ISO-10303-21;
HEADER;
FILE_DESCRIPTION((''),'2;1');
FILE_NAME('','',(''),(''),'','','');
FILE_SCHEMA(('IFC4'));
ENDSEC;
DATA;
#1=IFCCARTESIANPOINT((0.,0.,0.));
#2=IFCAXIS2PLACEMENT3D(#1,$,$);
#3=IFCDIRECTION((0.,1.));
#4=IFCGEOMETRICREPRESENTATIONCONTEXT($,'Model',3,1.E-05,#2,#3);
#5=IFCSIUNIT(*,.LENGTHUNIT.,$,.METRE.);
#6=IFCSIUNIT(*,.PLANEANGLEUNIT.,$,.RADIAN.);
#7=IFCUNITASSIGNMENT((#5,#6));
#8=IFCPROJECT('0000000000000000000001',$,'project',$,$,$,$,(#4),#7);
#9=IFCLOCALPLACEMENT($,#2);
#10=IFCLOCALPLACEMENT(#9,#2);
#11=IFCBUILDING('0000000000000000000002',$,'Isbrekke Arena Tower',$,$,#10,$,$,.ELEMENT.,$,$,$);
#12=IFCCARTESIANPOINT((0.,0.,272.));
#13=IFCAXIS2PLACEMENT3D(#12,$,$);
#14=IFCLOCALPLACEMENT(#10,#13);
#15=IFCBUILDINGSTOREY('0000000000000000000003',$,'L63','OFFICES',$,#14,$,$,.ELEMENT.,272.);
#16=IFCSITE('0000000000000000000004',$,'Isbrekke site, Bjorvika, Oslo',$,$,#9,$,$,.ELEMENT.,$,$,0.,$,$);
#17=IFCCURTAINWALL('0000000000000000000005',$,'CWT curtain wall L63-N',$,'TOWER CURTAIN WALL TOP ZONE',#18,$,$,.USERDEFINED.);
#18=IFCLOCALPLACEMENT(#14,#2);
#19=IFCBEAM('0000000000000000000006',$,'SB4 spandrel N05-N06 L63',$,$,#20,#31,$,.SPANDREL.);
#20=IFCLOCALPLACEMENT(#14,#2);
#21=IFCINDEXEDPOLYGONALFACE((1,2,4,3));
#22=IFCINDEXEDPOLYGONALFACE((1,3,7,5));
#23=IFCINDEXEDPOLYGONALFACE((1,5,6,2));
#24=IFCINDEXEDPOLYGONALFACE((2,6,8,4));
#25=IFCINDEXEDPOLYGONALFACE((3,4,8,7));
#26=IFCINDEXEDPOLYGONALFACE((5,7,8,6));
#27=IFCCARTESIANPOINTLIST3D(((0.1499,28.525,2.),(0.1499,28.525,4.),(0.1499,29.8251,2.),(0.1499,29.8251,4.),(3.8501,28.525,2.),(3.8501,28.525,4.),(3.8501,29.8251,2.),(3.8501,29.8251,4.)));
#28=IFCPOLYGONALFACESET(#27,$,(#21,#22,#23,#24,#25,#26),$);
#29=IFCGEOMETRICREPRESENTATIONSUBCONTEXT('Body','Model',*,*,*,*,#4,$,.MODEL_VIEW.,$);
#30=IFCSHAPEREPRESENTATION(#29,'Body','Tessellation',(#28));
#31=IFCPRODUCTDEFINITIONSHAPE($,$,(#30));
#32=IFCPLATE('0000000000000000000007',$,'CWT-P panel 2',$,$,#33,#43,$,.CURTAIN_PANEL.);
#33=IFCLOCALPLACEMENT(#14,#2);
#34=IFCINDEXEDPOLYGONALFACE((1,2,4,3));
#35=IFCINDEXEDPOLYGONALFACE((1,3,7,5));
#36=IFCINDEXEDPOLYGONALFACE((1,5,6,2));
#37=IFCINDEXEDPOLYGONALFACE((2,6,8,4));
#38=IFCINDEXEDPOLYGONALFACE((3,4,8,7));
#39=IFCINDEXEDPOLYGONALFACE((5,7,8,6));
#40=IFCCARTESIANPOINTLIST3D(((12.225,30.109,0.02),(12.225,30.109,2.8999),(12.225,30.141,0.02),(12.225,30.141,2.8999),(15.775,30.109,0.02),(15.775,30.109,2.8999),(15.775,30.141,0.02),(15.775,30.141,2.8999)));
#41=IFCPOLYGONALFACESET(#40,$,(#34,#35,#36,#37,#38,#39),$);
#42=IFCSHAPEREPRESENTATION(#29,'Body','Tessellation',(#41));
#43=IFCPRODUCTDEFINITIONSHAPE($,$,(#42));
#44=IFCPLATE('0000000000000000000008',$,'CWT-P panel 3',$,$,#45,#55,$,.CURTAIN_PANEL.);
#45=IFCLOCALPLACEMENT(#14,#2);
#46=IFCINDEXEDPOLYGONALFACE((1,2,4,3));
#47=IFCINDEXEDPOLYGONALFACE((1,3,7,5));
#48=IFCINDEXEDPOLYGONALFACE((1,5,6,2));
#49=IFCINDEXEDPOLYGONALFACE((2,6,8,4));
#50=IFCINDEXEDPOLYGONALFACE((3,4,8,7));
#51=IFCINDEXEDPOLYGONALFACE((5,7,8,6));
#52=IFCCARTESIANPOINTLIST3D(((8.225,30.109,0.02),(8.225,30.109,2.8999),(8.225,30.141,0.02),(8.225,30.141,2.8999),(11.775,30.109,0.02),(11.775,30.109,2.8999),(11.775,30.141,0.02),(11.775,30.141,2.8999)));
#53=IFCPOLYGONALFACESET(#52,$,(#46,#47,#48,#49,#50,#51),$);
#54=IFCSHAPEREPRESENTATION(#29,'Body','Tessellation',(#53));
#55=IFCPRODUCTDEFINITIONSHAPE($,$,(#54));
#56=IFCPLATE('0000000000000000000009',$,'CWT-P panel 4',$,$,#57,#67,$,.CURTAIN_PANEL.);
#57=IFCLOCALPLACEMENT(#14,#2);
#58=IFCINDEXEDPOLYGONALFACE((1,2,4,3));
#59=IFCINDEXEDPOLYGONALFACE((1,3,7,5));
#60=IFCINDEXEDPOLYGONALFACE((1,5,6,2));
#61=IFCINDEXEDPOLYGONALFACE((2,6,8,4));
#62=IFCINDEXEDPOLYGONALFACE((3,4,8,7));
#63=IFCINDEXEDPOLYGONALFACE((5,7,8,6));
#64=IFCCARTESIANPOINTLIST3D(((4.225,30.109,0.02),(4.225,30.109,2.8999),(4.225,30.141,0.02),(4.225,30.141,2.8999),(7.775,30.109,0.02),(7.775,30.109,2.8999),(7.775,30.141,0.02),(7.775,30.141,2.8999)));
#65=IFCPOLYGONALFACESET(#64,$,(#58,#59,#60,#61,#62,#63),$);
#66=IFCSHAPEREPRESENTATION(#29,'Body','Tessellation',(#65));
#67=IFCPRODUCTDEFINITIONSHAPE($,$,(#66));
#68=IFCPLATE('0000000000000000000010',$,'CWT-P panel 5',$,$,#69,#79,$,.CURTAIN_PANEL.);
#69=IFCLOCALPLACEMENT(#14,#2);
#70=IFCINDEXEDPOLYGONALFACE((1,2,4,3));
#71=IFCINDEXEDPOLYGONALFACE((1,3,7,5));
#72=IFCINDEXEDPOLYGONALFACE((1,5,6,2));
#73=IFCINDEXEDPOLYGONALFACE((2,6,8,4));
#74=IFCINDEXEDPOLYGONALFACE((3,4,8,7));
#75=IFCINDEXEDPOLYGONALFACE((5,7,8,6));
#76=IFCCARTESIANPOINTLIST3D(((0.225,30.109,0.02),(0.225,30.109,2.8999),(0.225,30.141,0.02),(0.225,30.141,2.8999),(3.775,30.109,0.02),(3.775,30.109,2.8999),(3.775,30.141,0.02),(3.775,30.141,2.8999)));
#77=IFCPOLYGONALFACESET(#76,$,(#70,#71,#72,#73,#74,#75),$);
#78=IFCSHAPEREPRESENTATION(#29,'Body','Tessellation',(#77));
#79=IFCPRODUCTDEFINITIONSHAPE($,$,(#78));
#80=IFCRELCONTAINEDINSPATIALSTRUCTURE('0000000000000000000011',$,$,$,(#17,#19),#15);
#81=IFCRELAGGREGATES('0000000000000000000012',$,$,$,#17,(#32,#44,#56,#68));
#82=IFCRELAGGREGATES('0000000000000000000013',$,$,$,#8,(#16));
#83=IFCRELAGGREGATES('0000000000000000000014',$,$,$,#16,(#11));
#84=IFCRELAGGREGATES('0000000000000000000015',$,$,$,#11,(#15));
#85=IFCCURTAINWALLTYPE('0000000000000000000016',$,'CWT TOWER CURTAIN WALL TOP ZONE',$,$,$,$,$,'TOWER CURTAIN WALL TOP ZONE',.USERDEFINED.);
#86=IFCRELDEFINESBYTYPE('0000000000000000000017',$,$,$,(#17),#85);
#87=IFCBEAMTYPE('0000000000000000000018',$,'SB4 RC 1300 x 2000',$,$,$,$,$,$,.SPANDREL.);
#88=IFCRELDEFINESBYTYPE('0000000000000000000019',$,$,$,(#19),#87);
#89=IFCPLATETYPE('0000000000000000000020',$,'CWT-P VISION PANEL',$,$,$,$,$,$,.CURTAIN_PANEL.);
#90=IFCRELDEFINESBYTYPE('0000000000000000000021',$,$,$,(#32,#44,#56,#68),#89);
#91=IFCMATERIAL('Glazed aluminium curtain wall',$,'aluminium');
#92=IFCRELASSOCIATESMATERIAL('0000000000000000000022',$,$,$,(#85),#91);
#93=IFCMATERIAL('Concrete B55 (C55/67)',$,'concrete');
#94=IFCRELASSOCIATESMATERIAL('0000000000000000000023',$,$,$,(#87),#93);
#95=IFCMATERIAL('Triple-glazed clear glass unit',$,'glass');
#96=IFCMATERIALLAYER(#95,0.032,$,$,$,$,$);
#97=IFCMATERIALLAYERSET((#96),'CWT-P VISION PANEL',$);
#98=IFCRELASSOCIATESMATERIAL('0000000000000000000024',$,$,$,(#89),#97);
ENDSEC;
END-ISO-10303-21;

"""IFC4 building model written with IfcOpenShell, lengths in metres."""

from ifc_helpers import new_model, si_unit, direction, frame, origin, origin_2d, place, context, subcontext, project, spatial, rectangle, extrude, material, layer, layer_set, material_profile, profile_set, type_object, element, aggregate, save


model = new_model("IFC4")

# Units and contexts
model_context = context("Model", 3, precision=1e-05, world=origin(), true_north=direction((0.0, 1.0)))
body_context = subcontext(model_context, "Body", "Model", "MODEL_VIEW")
ifc_project = project(units=[si_unit("LENGTHUNIT", "METRE"), si_unit("PLANEANGLEUNIT", "RADIAN")], contexts=[model_context])

# Site, building, storey
site_placement = place(None, origin())
site = spatial("IfcSite", under=ifc_project, at=site_placement, Name="Isbrekke site, Bjorvika, Oslo", CompositionType="ELEMENT", RefElevation=0.0)
building_placement = place(site_placement, origin())
building = spatial("IfcBuilding", under=site, at=building_placement, Name="Isbrekke Arena Tower", CompositionType="ELEMENT")
storey_placement = place(building_placement, frame((0.0, 0.0, 272.0)))
storey = spatial("IfcBuildingStorey", under=building, at=storey_placement, Name="L63", Description="OFFICES", CompositionType="ELEMENT", Elevation=272.0)

# Curtain wall
ifc_material_1 = material(Name="Glazed aluminium curtain wall", Category="aluminium")
curtain_wall_type = type_object("IfcCurtainWallType", Name="CWT TOWER CURTAIN WALL TOP ZONE", ElementType="TOWER CURTAIN WALL TOP ZONE", PredefinedType="USERDEFINED", material=ifc_material_1)
curtain_wall_placement = place(storey_placement, origin())
curtain_wall = element("IfcCurtainWall", 1, at=curtain_wall_placement, inside=storey, type_object=curtain_wall_type, Name="CWT curtain wall L63-N", ObjectType="TOWER CURTAIN WALL TOP ZONE", PredefinedType="USERDEFINED")

# Beam
ifc_material_2 = material(Name="Concrete B55 (C55/67)", Category="concrete")
ifc_material_profile_1 = material_profile(ifc_material_2, rectangle(XDim=1.3, YDim=2.0, at=origin_2d()), Name="RC 1300x2000")
ifc_profile_set_1 = profile_set([ifc_material_profile_1], Name="Concrete B55 (C55/67)")
beam_type_1 = type_object("IfcBeamType", Name="SB4 RC 1300 x 2000", PredefinedType="SPANDREL", material=ifc_profile_set_1)
for number, where, z_axis, x_axis, name in (
    (2, (3.8501, 29.175, 3.0), (-1.0, 0.0, 0.0), (0.0, -1.0, 0.0), "SB4 spandrel N05-N06 L63"),
):
    element("IfcBeam", number, at=place(storey_placement, frame(where, z_axis=z_axis, x_axis=x_axis)), inside=storey, type_object=beam_type_1, Name=name, PredefinedType="SPANDREL", context=body_context, shape_type="SweptSolid", body=[
        extrude(rectangle(XDim=1.3, YDim=2.0, at=origin_2d()), origin(), (0.0, 0.0, 1.0), 3.7002),
    ])

# Plates
ifc_material_3 = material(Name="Triple-glazed clear glass unit", Category="glass")
ifc_layer = layer(ifc_material_3, 0.032)
ifc_layer_set = layer_set([ifc_layer], Name="CWT-P VISION PANEL")
plate_type = type_object("IfcPlateType", Name="CWT-P VISION PANEL", PredefinedType="CURTAIN_PANEL", material=ifc_layer_set)
plate_1_placement = place(storey_placement, frame((14.0, 30.125, 0.02), z_axis=(0.0, 0.0, 1.0), x_axis=(-1.0, 0.0, 0.0)))
plate_1 = element("IfcPlate", 3, at=plate_1_placement, type_object=plate_type, Name="CWT-P panel 2", PredefinedType="CURTAIN_PANEL", context=body_context, shape_type="SweptSolid", body=[
    extrude(rectangle(XDim=3.55, YDim=0.032, at=origin_2d()), origin(), (0.0, 0.0, 1.0), 2.8799),
])
plate_2_placement = place(storey_placement, frame((10.0, 30.125, 0.02), z_axis=(0.0, 0.0, 1.0), x_axis=(-1.0, 0.0, 0.0)))
plate_2 = element("IfcPlate", 4, at=plate_2_placement, type_object=plate_type, Name="CWT-P panel 3", PredefinedType="CURTAIN_PANEL", context=body_context, shape_type="SweptSolid", body=[
    extrude(rectangle(XDim=3.55, YDim=0.032, at=origin_2d()), origin(), (0.0, 0.0, 1.0), 2.8799),
])
plate_3_placement = place(storey_placement, frame((6.0, 30.125, 0.02), z_axis=(0.0, 0.0, 1.0), x_axis=(-1.0, 0.0, 0.0)))
plate_3 = element("IfcPlate", 5, at=plate_3_placement, type_object=plate_type, Name="CWT-P panel 4", PredefinedType="CURTAIN_PANEL", context=body_context, shape_type="SweptSolid", body=[
    extrude(rectangle(XDim=3.55, YDim=0.032, at=origin_2d()), origin(), (0.0, 0.0, 1.0), 2.8799),
])
plate_4_placement = place(storey_placement, frame((2.0, 30.125, 0.02), z_axis=(0.0, 0.0, 1.0), x_axis=(-1.0, 0.0, 0.0)))
plate_4 = element("IfcPlate", 6, at=plate_4_placement, type_object=plate_type, Name="CWT-P panel 5", PredefinedType="CURTAIN_PANEL", context=body_context, shape_type="SweptSolid", body=[
    extrude(rectangle(XDim=3.55, YDim=0.032, at=origin_2d()), origin(), (0.0, 0.0, 1.0), 2.8799),
])
aggregate(curtain_wall, [plate_1, plate_2, plate_3, plate_4])

save(model, "model.ifc")
